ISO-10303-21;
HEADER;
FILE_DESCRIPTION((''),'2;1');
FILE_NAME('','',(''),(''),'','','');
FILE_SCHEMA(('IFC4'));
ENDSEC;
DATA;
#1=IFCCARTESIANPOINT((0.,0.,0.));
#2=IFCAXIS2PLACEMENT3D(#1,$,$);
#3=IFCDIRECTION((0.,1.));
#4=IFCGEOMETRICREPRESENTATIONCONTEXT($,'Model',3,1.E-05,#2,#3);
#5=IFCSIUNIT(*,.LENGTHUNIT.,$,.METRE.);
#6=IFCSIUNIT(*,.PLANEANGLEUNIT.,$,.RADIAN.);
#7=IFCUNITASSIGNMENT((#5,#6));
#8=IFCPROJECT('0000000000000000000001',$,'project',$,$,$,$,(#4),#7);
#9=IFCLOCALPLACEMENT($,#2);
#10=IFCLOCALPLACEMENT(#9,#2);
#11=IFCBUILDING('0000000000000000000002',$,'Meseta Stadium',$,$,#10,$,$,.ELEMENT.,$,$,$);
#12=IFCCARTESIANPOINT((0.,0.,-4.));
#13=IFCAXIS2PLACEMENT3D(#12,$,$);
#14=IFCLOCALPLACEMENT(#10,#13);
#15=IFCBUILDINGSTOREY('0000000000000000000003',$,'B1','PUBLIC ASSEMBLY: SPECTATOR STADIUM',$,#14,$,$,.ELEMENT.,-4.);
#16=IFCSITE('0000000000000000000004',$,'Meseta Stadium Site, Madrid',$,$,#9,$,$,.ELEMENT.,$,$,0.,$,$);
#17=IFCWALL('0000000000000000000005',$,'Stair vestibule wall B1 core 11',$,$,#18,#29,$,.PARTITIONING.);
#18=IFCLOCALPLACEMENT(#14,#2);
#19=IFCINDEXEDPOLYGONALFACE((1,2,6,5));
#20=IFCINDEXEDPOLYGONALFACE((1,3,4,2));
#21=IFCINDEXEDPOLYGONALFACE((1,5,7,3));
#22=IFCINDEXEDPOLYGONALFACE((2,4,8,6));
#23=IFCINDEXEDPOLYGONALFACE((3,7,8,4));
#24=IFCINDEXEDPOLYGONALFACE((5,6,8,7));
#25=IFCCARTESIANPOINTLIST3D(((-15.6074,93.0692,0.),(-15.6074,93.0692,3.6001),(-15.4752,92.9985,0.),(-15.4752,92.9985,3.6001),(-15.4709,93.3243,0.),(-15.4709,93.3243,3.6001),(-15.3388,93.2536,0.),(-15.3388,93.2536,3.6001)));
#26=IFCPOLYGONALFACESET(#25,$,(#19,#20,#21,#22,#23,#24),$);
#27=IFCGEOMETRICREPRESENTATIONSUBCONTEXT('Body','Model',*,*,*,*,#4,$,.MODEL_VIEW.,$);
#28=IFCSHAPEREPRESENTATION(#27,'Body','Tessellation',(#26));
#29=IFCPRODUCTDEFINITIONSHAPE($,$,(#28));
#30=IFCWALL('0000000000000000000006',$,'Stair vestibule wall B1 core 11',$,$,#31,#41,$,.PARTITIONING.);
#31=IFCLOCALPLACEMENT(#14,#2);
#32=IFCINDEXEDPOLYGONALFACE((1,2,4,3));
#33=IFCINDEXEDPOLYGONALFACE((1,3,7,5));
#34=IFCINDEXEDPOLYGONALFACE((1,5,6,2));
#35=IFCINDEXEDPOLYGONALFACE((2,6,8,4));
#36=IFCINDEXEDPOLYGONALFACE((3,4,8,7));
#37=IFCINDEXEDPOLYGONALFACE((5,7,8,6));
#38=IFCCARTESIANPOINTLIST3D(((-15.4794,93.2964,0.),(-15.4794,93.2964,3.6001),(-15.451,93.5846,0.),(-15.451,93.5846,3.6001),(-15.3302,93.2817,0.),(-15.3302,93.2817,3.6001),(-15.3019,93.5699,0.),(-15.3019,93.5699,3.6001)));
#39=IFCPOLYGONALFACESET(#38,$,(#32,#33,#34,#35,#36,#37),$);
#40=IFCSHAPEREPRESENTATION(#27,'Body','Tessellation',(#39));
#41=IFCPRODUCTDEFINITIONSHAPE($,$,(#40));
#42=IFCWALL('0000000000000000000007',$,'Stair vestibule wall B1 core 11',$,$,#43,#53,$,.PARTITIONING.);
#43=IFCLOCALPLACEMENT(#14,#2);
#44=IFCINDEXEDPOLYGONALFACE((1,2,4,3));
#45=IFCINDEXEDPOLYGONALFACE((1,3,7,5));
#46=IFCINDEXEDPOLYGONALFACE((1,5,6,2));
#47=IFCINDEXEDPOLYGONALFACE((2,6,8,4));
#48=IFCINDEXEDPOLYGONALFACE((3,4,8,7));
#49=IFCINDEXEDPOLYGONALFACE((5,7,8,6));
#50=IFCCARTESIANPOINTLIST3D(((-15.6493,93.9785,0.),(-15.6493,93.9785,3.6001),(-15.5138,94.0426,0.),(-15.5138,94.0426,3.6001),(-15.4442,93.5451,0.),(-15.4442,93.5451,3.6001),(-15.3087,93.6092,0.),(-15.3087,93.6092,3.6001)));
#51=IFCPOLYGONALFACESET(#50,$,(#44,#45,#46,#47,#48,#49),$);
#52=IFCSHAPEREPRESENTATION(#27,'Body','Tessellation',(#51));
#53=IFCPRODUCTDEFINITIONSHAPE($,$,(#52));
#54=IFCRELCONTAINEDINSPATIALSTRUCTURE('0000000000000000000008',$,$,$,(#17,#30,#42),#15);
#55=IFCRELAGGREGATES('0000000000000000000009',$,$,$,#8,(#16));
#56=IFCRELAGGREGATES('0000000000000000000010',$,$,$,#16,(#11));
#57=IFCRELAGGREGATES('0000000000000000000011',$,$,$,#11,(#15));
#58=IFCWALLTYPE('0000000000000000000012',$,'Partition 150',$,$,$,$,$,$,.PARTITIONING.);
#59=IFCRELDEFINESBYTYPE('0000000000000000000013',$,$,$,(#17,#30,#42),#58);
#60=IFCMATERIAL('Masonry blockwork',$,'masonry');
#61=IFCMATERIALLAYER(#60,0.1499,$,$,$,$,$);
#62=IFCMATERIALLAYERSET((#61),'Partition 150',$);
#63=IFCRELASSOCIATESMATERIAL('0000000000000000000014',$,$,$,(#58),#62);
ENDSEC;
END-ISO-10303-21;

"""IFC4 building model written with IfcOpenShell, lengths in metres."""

from ifc_helpers import new_model, si_unit, direction, frame, frame_2d, origin, place, context, subcontext, project, spatial, rectangle, extrude, material, layer, layer_set, type_object, element, save


model = new_model("IFC4")

# Units and contexts
model_context = context("Model", 3, precision=1e-05, world=origin(), true_north=direction((0.0, 1.0)))
body_context = subcontext(model_context, "Body", "Model", "MODEL_VIEW")
ifc_project = project(units=[si_unit("LENGTHUNIT", "METRE"), si_unit("PLANEANGLEUNIT", "RADIAN")], contexts=[model_context])

# Site, building, storey
site_placement = place(None, origin())
site = spatial("IfcSite", under=ifc_project, at=site_placement, Name="Meseta Stadium Site, Madrid", CompositionType="ELEMENT", RefElevation=0.0)
building_placement = place(site_placement, origin())
building = spatial("IfcBuilding", under=site, at=building_placement, Name="Meseta Stadium", CompositionType="ELEMENT")
storey_placement = place(building_placement, frame((0.0, 0.0, -4.0)))
storey = spatial("IfcBuildingStorey", under=building, at=storey_placement, Name="B1", Description="PUBLIC ASSEMBLY: SPECTATOR STADIUM", CompositionType="ELEMENT", Elevation=-4.0)

# Shared definitions
ifc_material_1 = material(Name="Masonry blockwork", Category="masonry")
ifc_layer_1 = layer(ifc_material_1, 0.1499)
ifc_layer_set_1 = layer_set([ifc_layer_1], Name="Partition 150")
wall_type_1 = type_object("IfcWallType", Name="Partition 150", PredefinedType="PARTITIONING", material=ifc_layer_set_1)

# Walls
wall_1_placement = place(storey_placement, frame((-15.5413, 93.0339, 0.0), z_axis=(0.0, 0.0, 1.0), x_axis=(0.471683, 0.881768, 0.0)))
element("IfcWall", 1, at=wall_1_placement, inside=storey, type_object=wall_type_1, Name="Stair vestibule wall B1 core 11", PredefinedType="PARTITIONING", context=body_context, shape_type="SweptSolid", body=[
    extrude(rectangle(XDim=0.2893, YDim=0.1499, at=frame_2d((0.1445, 0.0))), origin(), (0.0, 0.0, 1.0), 3.6001),
])
wall_2_placement = place(storey_placement, frame((-15.4048, 93.2891, 0.0), z_axis=(0.0, 0.0, 1.0), x_axis=(0.097833, 0.995203, 0.0)))
element("IfcWall", 2, at=wall_2_placement, inside=storey, type_object=wall_type_1, Name="Stair vestibule wall B1 core 11", PredefinedType="PARTITIONING", context=body_context, shape_type="SweptSolid", body=[
    extrude(rectangle(XDim=0.2896, YDim=0.1499, at=frame_2d((0.1448, 0.0))), origin(), (0.0, 0.0, 1.0), 3.6001),
])
wall_3_placement = place(storey_placement, frame((-15.3765, 93.5771, 0.0), z_axis=(0.0, 0.0, 1.0), x_axis=(-0.427758, 0.903893, 0.0)))
element("IfcWall", 3, at=wall_3_placement, inside=storey, type_object=wall_type_1, Name="Stair vestibule wall B1 core 11", PredefinedType="PARTITIONING", context=body_context, shape_type="SweptSolid", body=[
    extrude(rectangle(XDim=0.4795, YDim=0.1499, at=frame_2d((0.2397, 0.0))), origin(), (0.0, 0.0, 1.0), 3.6001),
])

save(model, "model.ifc")
